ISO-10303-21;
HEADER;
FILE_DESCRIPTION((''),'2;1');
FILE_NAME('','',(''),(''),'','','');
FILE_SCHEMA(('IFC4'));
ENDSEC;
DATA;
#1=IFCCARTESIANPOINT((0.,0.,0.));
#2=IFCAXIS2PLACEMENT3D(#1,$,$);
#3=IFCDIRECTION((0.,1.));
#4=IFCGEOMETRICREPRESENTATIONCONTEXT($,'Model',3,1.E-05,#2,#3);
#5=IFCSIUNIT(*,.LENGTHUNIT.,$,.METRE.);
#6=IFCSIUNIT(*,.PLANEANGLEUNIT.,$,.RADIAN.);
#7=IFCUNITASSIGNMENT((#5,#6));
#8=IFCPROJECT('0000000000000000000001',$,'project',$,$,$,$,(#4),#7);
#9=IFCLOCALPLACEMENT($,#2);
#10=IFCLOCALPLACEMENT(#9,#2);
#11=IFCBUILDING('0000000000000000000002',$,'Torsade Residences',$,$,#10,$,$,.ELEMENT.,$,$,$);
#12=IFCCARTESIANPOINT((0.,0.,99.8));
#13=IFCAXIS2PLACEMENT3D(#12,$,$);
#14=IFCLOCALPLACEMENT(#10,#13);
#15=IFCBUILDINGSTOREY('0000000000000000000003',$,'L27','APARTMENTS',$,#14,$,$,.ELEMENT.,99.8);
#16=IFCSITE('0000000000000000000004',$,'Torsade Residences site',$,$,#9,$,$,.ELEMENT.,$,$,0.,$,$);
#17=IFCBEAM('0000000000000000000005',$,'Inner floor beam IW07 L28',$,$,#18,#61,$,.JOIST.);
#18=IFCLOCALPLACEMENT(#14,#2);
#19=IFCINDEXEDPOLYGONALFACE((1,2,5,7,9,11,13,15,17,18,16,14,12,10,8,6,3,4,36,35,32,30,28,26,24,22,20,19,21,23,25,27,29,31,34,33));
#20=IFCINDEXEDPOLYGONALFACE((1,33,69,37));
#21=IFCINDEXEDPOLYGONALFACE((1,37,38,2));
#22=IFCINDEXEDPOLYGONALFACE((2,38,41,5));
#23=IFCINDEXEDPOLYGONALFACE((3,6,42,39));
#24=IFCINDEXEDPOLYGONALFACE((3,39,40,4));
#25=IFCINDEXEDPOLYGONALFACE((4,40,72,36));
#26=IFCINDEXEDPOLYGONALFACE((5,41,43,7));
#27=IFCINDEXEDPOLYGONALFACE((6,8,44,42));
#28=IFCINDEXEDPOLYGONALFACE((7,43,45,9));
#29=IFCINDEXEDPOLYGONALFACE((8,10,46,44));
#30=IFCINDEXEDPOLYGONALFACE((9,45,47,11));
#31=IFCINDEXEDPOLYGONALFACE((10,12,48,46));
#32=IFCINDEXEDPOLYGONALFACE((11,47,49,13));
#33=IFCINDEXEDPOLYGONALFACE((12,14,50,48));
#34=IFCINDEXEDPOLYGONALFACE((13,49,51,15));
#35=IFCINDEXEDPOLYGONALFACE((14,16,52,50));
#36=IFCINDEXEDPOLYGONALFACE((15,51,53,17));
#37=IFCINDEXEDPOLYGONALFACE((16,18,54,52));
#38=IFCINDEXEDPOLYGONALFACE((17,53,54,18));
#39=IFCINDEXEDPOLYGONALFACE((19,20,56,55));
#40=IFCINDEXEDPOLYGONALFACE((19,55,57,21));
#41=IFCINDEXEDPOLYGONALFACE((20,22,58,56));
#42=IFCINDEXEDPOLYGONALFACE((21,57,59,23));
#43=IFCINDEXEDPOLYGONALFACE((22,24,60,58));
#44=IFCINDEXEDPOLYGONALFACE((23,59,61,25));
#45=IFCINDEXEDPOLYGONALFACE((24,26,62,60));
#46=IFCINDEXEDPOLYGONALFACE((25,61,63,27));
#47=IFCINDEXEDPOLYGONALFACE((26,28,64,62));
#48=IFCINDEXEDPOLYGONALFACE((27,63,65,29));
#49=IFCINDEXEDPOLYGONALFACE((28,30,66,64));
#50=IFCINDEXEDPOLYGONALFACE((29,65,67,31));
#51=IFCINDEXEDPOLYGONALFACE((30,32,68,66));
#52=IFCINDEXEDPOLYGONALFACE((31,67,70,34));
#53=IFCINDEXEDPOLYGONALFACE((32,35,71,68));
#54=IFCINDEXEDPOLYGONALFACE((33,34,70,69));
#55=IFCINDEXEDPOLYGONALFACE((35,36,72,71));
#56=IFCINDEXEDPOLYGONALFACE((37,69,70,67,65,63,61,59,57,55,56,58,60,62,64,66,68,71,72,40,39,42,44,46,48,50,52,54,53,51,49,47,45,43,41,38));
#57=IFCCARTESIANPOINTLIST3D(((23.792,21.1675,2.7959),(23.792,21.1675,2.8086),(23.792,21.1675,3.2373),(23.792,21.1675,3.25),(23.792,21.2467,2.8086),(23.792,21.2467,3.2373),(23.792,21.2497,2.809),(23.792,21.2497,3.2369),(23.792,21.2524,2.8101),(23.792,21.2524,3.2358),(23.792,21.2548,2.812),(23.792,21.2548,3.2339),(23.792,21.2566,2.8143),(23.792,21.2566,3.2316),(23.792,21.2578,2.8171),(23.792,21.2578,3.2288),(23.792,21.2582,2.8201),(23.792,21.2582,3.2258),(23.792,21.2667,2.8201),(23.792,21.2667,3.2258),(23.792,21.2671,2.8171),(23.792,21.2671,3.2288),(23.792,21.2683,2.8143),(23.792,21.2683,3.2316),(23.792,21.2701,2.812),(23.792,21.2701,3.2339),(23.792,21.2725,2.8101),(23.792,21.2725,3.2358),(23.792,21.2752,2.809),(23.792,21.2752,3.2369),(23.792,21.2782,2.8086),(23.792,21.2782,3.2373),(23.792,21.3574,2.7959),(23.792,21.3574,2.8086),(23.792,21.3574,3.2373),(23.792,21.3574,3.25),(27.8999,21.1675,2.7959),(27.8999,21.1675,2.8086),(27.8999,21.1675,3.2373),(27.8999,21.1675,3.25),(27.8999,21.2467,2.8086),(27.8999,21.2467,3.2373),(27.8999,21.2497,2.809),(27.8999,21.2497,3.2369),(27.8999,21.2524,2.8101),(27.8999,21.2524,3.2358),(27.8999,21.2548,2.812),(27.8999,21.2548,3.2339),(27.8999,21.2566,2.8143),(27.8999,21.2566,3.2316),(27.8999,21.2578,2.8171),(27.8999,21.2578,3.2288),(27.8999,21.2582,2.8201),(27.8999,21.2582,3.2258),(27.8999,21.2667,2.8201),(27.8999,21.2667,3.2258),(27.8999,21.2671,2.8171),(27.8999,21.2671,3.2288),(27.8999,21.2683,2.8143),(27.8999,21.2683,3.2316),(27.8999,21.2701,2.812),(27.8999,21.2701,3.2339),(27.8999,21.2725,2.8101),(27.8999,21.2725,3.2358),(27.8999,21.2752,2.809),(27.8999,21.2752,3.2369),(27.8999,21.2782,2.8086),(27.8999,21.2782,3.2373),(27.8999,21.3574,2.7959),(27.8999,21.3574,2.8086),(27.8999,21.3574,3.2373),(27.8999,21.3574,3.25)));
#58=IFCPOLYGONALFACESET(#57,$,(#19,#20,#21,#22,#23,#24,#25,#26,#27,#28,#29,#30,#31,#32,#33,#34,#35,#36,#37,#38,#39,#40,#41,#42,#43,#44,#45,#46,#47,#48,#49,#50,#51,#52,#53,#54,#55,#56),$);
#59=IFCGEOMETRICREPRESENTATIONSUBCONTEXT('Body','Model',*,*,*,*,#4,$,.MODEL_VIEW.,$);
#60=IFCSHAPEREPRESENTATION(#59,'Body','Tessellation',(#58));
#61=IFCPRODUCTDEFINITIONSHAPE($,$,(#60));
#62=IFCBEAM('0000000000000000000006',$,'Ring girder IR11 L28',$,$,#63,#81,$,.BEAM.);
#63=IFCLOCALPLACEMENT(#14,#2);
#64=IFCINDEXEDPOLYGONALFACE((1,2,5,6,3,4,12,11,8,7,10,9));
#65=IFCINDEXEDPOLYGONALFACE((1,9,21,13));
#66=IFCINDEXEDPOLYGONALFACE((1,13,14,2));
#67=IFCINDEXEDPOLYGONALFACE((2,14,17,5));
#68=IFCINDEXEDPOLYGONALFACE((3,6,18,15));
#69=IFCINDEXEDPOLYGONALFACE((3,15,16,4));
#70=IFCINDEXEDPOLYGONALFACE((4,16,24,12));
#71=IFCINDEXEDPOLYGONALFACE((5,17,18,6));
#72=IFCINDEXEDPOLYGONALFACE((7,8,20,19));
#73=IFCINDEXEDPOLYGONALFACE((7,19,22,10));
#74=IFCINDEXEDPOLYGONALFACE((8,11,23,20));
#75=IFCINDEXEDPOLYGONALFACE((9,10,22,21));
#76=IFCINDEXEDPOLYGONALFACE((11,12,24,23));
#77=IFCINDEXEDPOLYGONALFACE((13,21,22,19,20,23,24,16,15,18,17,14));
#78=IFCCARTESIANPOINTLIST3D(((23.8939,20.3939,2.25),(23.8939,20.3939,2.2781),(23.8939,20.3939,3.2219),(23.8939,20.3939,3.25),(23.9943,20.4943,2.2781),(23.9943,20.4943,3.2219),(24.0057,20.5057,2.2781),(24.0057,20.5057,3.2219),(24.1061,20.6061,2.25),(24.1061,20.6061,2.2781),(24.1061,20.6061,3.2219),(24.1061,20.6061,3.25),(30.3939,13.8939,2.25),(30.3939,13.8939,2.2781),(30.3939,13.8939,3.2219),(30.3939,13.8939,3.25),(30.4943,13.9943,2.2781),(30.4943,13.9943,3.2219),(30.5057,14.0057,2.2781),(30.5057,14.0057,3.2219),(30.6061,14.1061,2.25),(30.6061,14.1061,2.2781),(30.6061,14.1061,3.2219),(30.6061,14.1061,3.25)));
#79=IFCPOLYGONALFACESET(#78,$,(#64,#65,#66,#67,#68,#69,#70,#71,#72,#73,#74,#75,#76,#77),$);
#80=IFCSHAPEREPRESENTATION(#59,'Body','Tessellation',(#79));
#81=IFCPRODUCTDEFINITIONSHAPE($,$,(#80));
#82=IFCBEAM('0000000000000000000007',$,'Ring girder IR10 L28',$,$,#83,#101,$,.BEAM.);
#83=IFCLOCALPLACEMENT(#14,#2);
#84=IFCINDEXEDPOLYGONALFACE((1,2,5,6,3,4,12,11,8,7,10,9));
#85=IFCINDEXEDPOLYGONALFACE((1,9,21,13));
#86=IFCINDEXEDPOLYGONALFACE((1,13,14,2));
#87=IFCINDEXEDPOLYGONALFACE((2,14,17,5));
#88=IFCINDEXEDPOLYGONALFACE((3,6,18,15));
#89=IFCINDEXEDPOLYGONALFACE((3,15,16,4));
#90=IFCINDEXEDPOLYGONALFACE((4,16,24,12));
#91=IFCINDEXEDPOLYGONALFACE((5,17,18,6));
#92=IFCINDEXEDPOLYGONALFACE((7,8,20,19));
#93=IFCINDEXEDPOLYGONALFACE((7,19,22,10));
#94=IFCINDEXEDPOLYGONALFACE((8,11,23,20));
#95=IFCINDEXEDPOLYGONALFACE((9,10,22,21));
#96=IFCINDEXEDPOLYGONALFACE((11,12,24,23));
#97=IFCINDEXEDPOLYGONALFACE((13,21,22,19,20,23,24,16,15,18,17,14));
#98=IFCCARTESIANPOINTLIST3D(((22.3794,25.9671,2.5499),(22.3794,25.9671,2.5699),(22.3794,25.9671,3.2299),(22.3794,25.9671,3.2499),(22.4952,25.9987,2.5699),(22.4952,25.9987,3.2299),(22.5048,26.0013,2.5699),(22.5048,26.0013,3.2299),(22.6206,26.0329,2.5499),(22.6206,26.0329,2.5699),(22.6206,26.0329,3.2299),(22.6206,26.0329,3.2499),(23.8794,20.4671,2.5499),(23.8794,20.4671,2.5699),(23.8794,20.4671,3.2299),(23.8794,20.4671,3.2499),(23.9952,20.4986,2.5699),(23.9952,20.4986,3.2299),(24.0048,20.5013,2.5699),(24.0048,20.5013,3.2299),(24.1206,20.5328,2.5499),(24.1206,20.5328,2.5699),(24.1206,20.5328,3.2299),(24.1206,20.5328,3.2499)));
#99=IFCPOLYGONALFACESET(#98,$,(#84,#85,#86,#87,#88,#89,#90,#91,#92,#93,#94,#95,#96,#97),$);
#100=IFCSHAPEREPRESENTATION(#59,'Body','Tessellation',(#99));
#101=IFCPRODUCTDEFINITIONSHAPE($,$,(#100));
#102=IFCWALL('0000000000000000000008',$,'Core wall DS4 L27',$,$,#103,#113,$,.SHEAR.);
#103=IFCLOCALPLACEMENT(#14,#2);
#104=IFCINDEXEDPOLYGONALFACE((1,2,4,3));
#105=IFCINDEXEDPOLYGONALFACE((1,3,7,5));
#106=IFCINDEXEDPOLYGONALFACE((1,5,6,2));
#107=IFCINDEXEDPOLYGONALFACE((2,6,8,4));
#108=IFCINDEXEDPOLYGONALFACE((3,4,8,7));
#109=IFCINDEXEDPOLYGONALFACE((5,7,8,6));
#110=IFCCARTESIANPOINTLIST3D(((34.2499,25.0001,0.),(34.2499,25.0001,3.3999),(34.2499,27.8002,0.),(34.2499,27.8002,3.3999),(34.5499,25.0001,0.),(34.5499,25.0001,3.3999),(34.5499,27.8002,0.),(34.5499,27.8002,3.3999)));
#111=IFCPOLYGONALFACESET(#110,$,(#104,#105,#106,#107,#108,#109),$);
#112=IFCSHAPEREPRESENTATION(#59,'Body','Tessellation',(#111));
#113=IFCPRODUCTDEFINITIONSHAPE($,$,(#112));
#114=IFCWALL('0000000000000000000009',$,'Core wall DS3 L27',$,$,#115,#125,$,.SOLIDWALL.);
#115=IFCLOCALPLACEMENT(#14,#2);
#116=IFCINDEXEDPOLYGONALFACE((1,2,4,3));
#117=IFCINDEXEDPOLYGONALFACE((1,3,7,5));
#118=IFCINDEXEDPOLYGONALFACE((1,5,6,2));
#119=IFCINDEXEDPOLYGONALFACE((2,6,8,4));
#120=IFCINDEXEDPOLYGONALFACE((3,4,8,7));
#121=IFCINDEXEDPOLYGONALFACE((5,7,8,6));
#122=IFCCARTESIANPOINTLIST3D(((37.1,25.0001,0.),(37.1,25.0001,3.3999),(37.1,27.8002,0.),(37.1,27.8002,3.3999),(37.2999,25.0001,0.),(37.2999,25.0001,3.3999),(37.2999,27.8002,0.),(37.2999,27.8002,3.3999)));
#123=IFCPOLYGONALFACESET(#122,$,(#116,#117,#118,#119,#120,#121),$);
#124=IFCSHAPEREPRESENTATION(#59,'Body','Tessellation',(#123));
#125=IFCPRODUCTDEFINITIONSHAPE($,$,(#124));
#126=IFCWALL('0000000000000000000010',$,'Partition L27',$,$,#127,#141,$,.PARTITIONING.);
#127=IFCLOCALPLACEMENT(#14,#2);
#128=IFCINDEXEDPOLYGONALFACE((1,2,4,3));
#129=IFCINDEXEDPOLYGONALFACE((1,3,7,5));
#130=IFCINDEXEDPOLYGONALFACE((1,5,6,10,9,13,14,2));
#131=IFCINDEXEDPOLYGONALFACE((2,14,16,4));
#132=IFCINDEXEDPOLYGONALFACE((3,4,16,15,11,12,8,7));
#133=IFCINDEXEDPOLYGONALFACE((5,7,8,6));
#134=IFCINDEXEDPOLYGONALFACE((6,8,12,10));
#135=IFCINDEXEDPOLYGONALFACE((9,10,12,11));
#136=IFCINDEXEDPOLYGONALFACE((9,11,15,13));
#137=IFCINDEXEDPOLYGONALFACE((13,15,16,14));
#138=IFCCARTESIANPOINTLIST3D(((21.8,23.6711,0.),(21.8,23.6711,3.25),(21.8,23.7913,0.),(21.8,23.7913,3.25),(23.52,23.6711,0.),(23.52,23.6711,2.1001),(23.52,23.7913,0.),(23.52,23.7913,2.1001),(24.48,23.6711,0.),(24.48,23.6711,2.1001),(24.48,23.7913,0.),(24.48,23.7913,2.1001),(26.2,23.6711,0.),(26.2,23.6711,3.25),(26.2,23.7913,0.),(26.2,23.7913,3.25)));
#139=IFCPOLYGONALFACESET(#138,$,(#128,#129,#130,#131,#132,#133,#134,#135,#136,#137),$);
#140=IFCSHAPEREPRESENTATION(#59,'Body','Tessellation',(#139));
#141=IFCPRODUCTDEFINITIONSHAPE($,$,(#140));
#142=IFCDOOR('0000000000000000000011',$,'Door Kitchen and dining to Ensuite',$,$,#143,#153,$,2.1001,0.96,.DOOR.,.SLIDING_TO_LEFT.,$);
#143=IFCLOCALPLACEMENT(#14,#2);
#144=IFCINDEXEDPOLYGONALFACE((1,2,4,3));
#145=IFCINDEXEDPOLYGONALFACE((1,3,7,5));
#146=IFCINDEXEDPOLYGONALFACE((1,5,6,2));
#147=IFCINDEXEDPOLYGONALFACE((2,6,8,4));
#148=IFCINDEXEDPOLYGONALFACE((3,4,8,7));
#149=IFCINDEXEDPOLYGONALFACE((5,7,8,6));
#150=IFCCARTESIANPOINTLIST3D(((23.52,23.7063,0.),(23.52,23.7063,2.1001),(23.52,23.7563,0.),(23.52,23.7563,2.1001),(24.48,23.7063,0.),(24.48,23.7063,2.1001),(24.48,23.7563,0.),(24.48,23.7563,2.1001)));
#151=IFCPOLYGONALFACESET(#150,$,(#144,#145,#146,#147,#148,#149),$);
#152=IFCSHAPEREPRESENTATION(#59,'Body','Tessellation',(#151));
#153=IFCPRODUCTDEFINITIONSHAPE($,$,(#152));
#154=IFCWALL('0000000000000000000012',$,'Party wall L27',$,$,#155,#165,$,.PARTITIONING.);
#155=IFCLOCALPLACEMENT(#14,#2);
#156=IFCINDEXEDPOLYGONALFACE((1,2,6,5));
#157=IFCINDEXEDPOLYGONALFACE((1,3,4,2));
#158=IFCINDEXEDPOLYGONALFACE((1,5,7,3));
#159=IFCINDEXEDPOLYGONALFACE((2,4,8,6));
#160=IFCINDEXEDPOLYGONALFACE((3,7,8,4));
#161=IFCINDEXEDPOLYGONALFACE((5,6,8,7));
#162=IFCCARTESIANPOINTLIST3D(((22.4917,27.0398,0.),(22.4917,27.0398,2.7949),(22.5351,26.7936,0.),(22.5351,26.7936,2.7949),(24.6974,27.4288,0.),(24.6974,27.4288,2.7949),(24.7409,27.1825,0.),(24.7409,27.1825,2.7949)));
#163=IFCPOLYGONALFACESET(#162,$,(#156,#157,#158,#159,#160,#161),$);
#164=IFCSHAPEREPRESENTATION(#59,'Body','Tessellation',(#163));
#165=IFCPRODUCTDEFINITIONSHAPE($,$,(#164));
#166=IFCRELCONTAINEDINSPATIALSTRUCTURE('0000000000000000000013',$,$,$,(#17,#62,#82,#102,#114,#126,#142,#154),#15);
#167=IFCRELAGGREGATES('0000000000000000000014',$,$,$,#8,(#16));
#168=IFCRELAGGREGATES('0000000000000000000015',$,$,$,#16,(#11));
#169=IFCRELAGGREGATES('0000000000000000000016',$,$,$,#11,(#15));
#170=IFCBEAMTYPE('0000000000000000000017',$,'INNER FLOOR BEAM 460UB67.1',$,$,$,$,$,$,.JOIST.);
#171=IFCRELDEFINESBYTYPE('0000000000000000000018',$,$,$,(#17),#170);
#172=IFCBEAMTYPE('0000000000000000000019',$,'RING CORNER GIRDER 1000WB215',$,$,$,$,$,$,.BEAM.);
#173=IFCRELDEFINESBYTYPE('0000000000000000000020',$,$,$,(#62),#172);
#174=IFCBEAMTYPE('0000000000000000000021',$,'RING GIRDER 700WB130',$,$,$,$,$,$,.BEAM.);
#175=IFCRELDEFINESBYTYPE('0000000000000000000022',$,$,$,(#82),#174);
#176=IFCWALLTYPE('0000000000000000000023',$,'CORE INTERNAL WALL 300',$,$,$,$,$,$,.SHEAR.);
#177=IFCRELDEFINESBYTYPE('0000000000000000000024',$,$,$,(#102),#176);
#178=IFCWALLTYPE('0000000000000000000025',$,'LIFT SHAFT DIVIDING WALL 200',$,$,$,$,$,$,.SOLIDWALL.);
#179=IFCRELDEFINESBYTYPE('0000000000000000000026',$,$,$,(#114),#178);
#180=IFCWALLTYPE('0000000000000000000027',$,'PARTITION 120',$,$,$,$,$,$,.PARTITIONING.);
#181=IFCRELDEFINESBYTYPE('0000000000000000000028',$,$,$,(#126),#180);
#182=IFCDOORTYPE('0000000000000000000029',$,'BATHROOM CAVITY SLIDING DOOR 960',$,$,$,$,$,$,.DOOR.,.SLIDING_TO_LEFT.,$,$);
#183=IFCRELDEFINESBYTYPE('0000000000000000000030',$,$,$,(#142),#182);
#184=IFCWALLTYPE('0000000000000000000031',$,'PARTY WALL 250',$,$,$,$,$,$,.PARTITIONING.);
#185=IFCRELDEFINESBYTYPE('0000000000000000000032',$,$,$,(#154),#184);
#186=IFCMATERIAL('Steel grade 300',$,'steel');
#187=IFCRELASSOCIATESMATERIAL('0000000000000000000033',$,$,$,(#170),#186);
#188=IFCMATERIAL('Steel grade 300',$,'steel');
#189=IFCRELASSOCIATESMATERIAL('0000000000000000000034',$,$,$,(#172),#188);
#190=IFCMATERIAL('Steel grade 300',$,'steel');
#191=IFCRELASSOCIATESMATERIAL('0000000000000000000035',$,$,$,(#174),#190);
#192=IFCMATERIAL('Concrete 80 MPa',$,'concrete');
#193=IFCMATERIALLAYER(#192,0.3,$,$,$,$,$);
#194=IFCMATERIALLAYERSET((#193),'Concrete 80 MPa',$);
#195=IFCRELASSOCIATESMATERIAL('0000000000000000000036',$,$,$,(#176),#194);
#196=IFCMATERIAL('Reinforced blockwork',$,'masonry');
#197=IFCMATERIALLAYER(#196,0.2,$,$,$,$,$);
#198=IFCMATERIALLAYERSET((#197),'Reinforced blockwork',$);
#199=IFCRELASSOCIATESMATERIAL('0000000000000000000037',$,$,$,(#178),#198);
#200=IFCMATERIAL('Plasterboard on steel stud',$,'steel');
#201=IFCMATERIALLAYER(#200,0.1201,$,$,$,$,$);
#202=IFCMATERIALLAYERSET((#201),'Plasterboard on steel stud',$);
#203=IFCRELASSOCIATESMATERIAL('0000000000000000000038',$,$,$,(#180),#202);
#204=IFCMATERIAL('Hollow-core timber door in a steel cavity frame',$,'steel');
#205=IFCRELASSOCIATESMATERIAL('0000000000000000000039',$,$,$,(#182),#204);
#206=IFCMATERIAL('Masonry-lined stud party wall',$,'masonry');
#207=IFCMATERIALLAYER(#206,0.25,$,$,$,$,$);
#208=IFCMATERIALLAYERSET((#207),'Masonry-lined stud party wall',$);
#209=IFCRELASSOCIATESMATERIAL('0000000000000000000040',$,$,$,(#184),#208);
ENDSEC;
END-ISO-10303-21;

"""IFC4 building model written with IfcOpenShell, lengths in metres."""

from ifc_helpers import new_model, si_unit, direction, frame, frame_2d, origin, origin_2d, place, context, subcontext, project, spatial, rectangle, i_section, extrude, material, layer, layer_set, material_profile, profile_set, type_object, element, fill, save


model = new_model("IFC4")

# Units and contexts
model_context = context("Model", 3, precision=1e-05, world=origin(), true_north=direction((0.0, 1.0)))
body_context = subcontext(model_context, "Body", "Model", "MODEL_VIEW")
ifc_project = project(units=[si_unit("LENGTHUNIT", "METRE"), si_unit("PLANEANGLEUNIT", "RADIAN")], contexts=[model_context])

# Site, building, storey
site_placement = place(None, origin())
site = spatial("IfcSite", under=ifc_project, at=site_placement, Name="Torsade Residences site", CompositionType="ELEMENT", RefElevation=0.0)
building_placement = place(site_placement, origin())
building = spatial("IfcBuilding", under=site, at=building_placement, Name="Torsade Residences", CompositionType="ELEMENT")
storey_placement = place(building_placement, frame((0.0, 0.0, 99.8)))
storey = spatial("IfcBuildingStorey", under=building, at=storey_placement, Name="L27", Description="APARTMENTS", CompositionType="ELEMENT", Elevation=99.8)

# Beams
ifc_material_1 = material(Name="Steel grade 300", Category="steel")
ifc_material_profile_1 = material_profile(ifc_material_1, i_section(OverallWidth=0.1899, OverallDepth=0.4541, WebThickness=0.0085, FlangeThickness=0.0127, FilletRadius=0.0115, at=origin_2d()), Name="460UB67.1")
ifc_profile_set_1 = profile_set([ifc_material_profile_1], Name="Steel grade 300")
beam_type_1 = type_object("IfcBeamType", Name="INNER FLOOR BEAM 460UB67.1", PredefinedType="JOIST", material=ifc_profile_set_1)
beam_1_placement = place(storey_placement, frame((27.8999, 21.2625, 3.0229), z_axis=(-1.0, 0.0, 0.0), x_axis=(0.0, -1.0, 0.0)))
element("IfcBeam", 1, at=beam_1_placement, inside=storey, type_object=beam_type_1, Name="Inner floor beam IW07 L28", PredefinedType="JOIST", context=body_context, shape_type="SweptSolid", body=[
    extrude(i_section(OverallWidth=0.1899, OverallDepth=0.4541, WebThickness=0.0085, FlangeThickness=0.0127, FilletRadius=0.0115, at=origin_2d()), origin(), (0.0, 0.0, 1.0), 4.1079),
])
ifc_material_2 = material(Name="Steel grade 300", Category="steel")
ifc_material_profile_2 = material_profile(ifc_material_2, i_section(OverallWidth=0.3, OverallDepth=1.0, WebThickness=0.0161, FlangeThickness=0.0281, at=origin_2d()), Name="1000WB215")
ifc_profile_set_2 = profile_set([ifc_material_profile_2], Name="Steel grade 300")
beam_type_2 = type_object("IfcBeamType", Name="RING CORNER GIRDER 1000WB215", PredefinedType="BEAM", material=ifc_profile_set_2)
beam_2_placement = place(storey_placement, frame((24.0, 20.5, 2.75), z_axis=(0.707107, -0.707107, 0.0), x_axis=(0.707107, 0.707107, 0.0)))
element("IfcBeam", 2, at=beam_2_placement, inside=storey, type_object=beam_type_2, Name="Ring girder IR11 L28", PredefinedType="BEAM", context=body_context, shape_type="SweptSolid", body=[
    extrude(i_section(OverallWidth=0.3, OverallDepth=1.0, WebThickness=0.0161, FlangeThickness=0.0281, at=origin_2d()), origin(), (0.0, 0.0, 1.0), 9.1924),
])
ifc_material_3 = material(Name="Steel grade 300", Category="steel")
ifc_material_profile_3 = material_profile(ifc_material_3, i_section(OverallWidth=0.25, OverallDepth=0.7, WebThickness=0.01, FlangeThickness=0.02, at=origin_2d()), Name="700WB130")
ifc_profile_set_3 = profile_set([ifc_material_profile_3], Name="Steel grade 300")
beam_type_3 = type_object("IfcBeamType", Name="RING GIRDER 700WB130", PredefinedType="BEAM", material=ifc_profile_set_3)
beam_3_placement = place(storey_placement, frame((22.5, 26.0, 2.8999), z_axis=(0.263117, -0.964764, 0.0), x_axis=(0.964764, 0.263117, 0.0)))
element("IfcBeam", 3, at=beam_3_placement, inside=storey, type_object=beam_type_3, Name="Ring girder IR10 L28", PredefinedType="BEAM", context=body_context, shape_type="SweptSolid", body=[
    extrude(i_section(OverallWidth=0.25, OverallDepth=0.7, WebThickness=0.01, FlangeThickness=0.02, at=origin_2d()), origin(), (0.0, 0.0, 1.0), 5.7009),
])

# Walls
ifc_material_4 = material(Name="Concrete 80 MPa", Category="concrete")
ifc_layer_1 = layer(ifc_material_4, 0.3)
ifc_layer_set_1 = layer_set([ifc_layer_1], Name="Concrete 80 MPa")
wall_type_1 = type_object("IfcWallType", Name="CORE INTERNAL WALL 300", PredefinedType="SHEAR", material=ifc_layer_set_1)
wall_1_placement = place(storey_placement, frame((34.3999, 27.8, 0.0), z_axis=(0.0, 0.0, 1.0), x_axis=(0.0, -1.0, 0.0)))
element("IfcWall", 4, at=wall_1_placement, inside=storey, type_object=wall_type_1, Name="Core wall DS4 L27", PredefinedType="SHEAR", context=body_context, shape_type="SweptSolid", body=[
    extrude(rectangle(XDim=2.8, YDim=0.3, at=frame_2d((1.3999, 0.0))), origin(), (0.0, 0.0, 1.0), 3.3999),
])
ifc_material_5 = material(Name="Reinforced blockwork", Category="masonry")
ifc_layer_2 = layer(ifc_material_5, 0.2)
ifc_layer_set_2 = layer_set([ifc_layer_2], Name="Reinforced blockwork")
wall_type_2 = type_object("IfcWallType", Name="LIFT SHAFT DIVIDING WALL 200", PredefinedType="SOLIDWALL", material=ifc_layer_set_2)
wall_2_placement = place(storey_placement, frame((37.2, 27.8, 0.0), z_axis=(0.0, 0.0, 1.0), x_axis=(0.0, -1.0, 0.0)))
element("IfcWall", 5, at=wall_2_placement, inside=storey, type_object=wall_type_2, Name="Core wall DS3 L27", PredefinedType="SOLIDWALL", context=body_context, shape_type="SweptSolid", body=[
    extrude(rectangle(XDim=2.8, YDim=0.2, at=frame_2d((1.3999, 0.0))), origin(), (0.0, 0.0, 1.0), 3.3999),
])

# Wall, opening, door
ifc_material_6 = material(Name="Plasterboard on steel stud", Category="steel")
ifc_layer_3 = layer(ifc_material_6, 0.1201)
ifc_layer_set_3 = layer_set([ifc_layer_3], Name="Plasterboard on steel stud")
wall_type_3 = type_object("IfcWallType", Name="PARTITION 120", PredefinedType="PARTITIONING", material=ifc_layer_set_3)
wall_3_placement = place(storey_placement, frame((26.2, 23.7312, 0.0), z_axis=(0.0, 0.0, 1.0), x_axis=(-1.0, 0.0, 0.0)))
wall_3 = element("IfcWall", 6, at=wall_3_placement, inside=storey, type_object=wall_type_3, Name="Partition L27", PredefinedType="PARTITIONING", context=body_context, shape_type="SweptSolid", body=[
    extrude(rectangle(XDim=4.3999, YDim=0.1201, at=frame_2d((2.2, 0.0))), origin(), (0.0, 0.0, 1.0), 3.25),
])
opening_placement = place(wall_3_placement, frame((1.72, 0.0, 0.0)))
opening = element("IfcOpeningElement", 7, at=opening_placement, cuts=wall_3, PredefinedType="OPENING", context=body_context, shape_type="SweptSolid", body=[
    extrude(rectangle(XDim=0.96, YDim=2.1001, at=frame_2d((0.48, 1.05))), frame((0.0, 0.0701, 0.0), z_axis=(0.0, -1.0, 0.0), x_axis=(1.0, 0.0, 0.0)), (0.0, 0.0, 1.0), 0.1401),
])
ifc_material_7 = material(Name="Hollow-core timber door in a steel cavity frame", Category="steel")
door_type = type_object("IfcDoorType", Name="BATHROOM CAVITY SLIDING DOOR 960", OperationType="SLIDING_TO_LEFT", PredefinedType="DOOR", material=ifc_material_7)
door_placement = place(opening_placement, origin())
door = element("IfcDoor", 8, at=door_placement, inside=storey, type_object=door_type, Name="Door Kitchen and dining to Ensuite", OperationType="SLIDING_TO_LEFT", OverallHeight=2.1001, OverallWidth=0.96, PredefinedType="DOOR", context=body_context, shape_type="SweptSolid", body=[
    extrude(rectangle(XDim=0.96, YDim=2.1001, at=frame_2d((0.48, 1.05))), frame((0.0, 0.0249, 0.0), z_axis=(0.0, -1.0, 0.0), x_axis=(1.0, 0.0, 0.0)), (0.0, 0.0, 1.0), 0.05),
])
fill(opening, door)

# Wall
ifc_material_8 = material(Name="Masonry-lined stud party wall", Category="masonry")
ifc_layer_4 = layer(ifc_material_8, 0.25)
ifc_layer_set_4 = layer_set([ifc_layer_4], Name="Masonry-lined stud party wall")
wall_type_4 = type_object("IfcWallType", Name="PARTY WALL 250", PredefinedType="PARTITIONING", material=ifc_layer_set_4)
wall_4_placement = place(storey_placement, frame((22.5134, 26.9167, 0.0), z_axis=(0.0, 0.0, 1.0), x_axis=(0.98481, 0.173636, 0.0)))
element("IfcWall", 9, at=wall_4_placement, inside=storey, type_object=wall_type_4, Name="Party wall L27", PredefinedType="PARTITIONING", context=body_context, shape_type="SweptSolid", body=[
    extrude(rectangle(XDim=2.2397, YDim=0.25, at=frame_2d((1.1199, 0.0))), origin(), (0.0, 0.0, 1.0), 2.7949),
])

save(model, "model.ifc")
